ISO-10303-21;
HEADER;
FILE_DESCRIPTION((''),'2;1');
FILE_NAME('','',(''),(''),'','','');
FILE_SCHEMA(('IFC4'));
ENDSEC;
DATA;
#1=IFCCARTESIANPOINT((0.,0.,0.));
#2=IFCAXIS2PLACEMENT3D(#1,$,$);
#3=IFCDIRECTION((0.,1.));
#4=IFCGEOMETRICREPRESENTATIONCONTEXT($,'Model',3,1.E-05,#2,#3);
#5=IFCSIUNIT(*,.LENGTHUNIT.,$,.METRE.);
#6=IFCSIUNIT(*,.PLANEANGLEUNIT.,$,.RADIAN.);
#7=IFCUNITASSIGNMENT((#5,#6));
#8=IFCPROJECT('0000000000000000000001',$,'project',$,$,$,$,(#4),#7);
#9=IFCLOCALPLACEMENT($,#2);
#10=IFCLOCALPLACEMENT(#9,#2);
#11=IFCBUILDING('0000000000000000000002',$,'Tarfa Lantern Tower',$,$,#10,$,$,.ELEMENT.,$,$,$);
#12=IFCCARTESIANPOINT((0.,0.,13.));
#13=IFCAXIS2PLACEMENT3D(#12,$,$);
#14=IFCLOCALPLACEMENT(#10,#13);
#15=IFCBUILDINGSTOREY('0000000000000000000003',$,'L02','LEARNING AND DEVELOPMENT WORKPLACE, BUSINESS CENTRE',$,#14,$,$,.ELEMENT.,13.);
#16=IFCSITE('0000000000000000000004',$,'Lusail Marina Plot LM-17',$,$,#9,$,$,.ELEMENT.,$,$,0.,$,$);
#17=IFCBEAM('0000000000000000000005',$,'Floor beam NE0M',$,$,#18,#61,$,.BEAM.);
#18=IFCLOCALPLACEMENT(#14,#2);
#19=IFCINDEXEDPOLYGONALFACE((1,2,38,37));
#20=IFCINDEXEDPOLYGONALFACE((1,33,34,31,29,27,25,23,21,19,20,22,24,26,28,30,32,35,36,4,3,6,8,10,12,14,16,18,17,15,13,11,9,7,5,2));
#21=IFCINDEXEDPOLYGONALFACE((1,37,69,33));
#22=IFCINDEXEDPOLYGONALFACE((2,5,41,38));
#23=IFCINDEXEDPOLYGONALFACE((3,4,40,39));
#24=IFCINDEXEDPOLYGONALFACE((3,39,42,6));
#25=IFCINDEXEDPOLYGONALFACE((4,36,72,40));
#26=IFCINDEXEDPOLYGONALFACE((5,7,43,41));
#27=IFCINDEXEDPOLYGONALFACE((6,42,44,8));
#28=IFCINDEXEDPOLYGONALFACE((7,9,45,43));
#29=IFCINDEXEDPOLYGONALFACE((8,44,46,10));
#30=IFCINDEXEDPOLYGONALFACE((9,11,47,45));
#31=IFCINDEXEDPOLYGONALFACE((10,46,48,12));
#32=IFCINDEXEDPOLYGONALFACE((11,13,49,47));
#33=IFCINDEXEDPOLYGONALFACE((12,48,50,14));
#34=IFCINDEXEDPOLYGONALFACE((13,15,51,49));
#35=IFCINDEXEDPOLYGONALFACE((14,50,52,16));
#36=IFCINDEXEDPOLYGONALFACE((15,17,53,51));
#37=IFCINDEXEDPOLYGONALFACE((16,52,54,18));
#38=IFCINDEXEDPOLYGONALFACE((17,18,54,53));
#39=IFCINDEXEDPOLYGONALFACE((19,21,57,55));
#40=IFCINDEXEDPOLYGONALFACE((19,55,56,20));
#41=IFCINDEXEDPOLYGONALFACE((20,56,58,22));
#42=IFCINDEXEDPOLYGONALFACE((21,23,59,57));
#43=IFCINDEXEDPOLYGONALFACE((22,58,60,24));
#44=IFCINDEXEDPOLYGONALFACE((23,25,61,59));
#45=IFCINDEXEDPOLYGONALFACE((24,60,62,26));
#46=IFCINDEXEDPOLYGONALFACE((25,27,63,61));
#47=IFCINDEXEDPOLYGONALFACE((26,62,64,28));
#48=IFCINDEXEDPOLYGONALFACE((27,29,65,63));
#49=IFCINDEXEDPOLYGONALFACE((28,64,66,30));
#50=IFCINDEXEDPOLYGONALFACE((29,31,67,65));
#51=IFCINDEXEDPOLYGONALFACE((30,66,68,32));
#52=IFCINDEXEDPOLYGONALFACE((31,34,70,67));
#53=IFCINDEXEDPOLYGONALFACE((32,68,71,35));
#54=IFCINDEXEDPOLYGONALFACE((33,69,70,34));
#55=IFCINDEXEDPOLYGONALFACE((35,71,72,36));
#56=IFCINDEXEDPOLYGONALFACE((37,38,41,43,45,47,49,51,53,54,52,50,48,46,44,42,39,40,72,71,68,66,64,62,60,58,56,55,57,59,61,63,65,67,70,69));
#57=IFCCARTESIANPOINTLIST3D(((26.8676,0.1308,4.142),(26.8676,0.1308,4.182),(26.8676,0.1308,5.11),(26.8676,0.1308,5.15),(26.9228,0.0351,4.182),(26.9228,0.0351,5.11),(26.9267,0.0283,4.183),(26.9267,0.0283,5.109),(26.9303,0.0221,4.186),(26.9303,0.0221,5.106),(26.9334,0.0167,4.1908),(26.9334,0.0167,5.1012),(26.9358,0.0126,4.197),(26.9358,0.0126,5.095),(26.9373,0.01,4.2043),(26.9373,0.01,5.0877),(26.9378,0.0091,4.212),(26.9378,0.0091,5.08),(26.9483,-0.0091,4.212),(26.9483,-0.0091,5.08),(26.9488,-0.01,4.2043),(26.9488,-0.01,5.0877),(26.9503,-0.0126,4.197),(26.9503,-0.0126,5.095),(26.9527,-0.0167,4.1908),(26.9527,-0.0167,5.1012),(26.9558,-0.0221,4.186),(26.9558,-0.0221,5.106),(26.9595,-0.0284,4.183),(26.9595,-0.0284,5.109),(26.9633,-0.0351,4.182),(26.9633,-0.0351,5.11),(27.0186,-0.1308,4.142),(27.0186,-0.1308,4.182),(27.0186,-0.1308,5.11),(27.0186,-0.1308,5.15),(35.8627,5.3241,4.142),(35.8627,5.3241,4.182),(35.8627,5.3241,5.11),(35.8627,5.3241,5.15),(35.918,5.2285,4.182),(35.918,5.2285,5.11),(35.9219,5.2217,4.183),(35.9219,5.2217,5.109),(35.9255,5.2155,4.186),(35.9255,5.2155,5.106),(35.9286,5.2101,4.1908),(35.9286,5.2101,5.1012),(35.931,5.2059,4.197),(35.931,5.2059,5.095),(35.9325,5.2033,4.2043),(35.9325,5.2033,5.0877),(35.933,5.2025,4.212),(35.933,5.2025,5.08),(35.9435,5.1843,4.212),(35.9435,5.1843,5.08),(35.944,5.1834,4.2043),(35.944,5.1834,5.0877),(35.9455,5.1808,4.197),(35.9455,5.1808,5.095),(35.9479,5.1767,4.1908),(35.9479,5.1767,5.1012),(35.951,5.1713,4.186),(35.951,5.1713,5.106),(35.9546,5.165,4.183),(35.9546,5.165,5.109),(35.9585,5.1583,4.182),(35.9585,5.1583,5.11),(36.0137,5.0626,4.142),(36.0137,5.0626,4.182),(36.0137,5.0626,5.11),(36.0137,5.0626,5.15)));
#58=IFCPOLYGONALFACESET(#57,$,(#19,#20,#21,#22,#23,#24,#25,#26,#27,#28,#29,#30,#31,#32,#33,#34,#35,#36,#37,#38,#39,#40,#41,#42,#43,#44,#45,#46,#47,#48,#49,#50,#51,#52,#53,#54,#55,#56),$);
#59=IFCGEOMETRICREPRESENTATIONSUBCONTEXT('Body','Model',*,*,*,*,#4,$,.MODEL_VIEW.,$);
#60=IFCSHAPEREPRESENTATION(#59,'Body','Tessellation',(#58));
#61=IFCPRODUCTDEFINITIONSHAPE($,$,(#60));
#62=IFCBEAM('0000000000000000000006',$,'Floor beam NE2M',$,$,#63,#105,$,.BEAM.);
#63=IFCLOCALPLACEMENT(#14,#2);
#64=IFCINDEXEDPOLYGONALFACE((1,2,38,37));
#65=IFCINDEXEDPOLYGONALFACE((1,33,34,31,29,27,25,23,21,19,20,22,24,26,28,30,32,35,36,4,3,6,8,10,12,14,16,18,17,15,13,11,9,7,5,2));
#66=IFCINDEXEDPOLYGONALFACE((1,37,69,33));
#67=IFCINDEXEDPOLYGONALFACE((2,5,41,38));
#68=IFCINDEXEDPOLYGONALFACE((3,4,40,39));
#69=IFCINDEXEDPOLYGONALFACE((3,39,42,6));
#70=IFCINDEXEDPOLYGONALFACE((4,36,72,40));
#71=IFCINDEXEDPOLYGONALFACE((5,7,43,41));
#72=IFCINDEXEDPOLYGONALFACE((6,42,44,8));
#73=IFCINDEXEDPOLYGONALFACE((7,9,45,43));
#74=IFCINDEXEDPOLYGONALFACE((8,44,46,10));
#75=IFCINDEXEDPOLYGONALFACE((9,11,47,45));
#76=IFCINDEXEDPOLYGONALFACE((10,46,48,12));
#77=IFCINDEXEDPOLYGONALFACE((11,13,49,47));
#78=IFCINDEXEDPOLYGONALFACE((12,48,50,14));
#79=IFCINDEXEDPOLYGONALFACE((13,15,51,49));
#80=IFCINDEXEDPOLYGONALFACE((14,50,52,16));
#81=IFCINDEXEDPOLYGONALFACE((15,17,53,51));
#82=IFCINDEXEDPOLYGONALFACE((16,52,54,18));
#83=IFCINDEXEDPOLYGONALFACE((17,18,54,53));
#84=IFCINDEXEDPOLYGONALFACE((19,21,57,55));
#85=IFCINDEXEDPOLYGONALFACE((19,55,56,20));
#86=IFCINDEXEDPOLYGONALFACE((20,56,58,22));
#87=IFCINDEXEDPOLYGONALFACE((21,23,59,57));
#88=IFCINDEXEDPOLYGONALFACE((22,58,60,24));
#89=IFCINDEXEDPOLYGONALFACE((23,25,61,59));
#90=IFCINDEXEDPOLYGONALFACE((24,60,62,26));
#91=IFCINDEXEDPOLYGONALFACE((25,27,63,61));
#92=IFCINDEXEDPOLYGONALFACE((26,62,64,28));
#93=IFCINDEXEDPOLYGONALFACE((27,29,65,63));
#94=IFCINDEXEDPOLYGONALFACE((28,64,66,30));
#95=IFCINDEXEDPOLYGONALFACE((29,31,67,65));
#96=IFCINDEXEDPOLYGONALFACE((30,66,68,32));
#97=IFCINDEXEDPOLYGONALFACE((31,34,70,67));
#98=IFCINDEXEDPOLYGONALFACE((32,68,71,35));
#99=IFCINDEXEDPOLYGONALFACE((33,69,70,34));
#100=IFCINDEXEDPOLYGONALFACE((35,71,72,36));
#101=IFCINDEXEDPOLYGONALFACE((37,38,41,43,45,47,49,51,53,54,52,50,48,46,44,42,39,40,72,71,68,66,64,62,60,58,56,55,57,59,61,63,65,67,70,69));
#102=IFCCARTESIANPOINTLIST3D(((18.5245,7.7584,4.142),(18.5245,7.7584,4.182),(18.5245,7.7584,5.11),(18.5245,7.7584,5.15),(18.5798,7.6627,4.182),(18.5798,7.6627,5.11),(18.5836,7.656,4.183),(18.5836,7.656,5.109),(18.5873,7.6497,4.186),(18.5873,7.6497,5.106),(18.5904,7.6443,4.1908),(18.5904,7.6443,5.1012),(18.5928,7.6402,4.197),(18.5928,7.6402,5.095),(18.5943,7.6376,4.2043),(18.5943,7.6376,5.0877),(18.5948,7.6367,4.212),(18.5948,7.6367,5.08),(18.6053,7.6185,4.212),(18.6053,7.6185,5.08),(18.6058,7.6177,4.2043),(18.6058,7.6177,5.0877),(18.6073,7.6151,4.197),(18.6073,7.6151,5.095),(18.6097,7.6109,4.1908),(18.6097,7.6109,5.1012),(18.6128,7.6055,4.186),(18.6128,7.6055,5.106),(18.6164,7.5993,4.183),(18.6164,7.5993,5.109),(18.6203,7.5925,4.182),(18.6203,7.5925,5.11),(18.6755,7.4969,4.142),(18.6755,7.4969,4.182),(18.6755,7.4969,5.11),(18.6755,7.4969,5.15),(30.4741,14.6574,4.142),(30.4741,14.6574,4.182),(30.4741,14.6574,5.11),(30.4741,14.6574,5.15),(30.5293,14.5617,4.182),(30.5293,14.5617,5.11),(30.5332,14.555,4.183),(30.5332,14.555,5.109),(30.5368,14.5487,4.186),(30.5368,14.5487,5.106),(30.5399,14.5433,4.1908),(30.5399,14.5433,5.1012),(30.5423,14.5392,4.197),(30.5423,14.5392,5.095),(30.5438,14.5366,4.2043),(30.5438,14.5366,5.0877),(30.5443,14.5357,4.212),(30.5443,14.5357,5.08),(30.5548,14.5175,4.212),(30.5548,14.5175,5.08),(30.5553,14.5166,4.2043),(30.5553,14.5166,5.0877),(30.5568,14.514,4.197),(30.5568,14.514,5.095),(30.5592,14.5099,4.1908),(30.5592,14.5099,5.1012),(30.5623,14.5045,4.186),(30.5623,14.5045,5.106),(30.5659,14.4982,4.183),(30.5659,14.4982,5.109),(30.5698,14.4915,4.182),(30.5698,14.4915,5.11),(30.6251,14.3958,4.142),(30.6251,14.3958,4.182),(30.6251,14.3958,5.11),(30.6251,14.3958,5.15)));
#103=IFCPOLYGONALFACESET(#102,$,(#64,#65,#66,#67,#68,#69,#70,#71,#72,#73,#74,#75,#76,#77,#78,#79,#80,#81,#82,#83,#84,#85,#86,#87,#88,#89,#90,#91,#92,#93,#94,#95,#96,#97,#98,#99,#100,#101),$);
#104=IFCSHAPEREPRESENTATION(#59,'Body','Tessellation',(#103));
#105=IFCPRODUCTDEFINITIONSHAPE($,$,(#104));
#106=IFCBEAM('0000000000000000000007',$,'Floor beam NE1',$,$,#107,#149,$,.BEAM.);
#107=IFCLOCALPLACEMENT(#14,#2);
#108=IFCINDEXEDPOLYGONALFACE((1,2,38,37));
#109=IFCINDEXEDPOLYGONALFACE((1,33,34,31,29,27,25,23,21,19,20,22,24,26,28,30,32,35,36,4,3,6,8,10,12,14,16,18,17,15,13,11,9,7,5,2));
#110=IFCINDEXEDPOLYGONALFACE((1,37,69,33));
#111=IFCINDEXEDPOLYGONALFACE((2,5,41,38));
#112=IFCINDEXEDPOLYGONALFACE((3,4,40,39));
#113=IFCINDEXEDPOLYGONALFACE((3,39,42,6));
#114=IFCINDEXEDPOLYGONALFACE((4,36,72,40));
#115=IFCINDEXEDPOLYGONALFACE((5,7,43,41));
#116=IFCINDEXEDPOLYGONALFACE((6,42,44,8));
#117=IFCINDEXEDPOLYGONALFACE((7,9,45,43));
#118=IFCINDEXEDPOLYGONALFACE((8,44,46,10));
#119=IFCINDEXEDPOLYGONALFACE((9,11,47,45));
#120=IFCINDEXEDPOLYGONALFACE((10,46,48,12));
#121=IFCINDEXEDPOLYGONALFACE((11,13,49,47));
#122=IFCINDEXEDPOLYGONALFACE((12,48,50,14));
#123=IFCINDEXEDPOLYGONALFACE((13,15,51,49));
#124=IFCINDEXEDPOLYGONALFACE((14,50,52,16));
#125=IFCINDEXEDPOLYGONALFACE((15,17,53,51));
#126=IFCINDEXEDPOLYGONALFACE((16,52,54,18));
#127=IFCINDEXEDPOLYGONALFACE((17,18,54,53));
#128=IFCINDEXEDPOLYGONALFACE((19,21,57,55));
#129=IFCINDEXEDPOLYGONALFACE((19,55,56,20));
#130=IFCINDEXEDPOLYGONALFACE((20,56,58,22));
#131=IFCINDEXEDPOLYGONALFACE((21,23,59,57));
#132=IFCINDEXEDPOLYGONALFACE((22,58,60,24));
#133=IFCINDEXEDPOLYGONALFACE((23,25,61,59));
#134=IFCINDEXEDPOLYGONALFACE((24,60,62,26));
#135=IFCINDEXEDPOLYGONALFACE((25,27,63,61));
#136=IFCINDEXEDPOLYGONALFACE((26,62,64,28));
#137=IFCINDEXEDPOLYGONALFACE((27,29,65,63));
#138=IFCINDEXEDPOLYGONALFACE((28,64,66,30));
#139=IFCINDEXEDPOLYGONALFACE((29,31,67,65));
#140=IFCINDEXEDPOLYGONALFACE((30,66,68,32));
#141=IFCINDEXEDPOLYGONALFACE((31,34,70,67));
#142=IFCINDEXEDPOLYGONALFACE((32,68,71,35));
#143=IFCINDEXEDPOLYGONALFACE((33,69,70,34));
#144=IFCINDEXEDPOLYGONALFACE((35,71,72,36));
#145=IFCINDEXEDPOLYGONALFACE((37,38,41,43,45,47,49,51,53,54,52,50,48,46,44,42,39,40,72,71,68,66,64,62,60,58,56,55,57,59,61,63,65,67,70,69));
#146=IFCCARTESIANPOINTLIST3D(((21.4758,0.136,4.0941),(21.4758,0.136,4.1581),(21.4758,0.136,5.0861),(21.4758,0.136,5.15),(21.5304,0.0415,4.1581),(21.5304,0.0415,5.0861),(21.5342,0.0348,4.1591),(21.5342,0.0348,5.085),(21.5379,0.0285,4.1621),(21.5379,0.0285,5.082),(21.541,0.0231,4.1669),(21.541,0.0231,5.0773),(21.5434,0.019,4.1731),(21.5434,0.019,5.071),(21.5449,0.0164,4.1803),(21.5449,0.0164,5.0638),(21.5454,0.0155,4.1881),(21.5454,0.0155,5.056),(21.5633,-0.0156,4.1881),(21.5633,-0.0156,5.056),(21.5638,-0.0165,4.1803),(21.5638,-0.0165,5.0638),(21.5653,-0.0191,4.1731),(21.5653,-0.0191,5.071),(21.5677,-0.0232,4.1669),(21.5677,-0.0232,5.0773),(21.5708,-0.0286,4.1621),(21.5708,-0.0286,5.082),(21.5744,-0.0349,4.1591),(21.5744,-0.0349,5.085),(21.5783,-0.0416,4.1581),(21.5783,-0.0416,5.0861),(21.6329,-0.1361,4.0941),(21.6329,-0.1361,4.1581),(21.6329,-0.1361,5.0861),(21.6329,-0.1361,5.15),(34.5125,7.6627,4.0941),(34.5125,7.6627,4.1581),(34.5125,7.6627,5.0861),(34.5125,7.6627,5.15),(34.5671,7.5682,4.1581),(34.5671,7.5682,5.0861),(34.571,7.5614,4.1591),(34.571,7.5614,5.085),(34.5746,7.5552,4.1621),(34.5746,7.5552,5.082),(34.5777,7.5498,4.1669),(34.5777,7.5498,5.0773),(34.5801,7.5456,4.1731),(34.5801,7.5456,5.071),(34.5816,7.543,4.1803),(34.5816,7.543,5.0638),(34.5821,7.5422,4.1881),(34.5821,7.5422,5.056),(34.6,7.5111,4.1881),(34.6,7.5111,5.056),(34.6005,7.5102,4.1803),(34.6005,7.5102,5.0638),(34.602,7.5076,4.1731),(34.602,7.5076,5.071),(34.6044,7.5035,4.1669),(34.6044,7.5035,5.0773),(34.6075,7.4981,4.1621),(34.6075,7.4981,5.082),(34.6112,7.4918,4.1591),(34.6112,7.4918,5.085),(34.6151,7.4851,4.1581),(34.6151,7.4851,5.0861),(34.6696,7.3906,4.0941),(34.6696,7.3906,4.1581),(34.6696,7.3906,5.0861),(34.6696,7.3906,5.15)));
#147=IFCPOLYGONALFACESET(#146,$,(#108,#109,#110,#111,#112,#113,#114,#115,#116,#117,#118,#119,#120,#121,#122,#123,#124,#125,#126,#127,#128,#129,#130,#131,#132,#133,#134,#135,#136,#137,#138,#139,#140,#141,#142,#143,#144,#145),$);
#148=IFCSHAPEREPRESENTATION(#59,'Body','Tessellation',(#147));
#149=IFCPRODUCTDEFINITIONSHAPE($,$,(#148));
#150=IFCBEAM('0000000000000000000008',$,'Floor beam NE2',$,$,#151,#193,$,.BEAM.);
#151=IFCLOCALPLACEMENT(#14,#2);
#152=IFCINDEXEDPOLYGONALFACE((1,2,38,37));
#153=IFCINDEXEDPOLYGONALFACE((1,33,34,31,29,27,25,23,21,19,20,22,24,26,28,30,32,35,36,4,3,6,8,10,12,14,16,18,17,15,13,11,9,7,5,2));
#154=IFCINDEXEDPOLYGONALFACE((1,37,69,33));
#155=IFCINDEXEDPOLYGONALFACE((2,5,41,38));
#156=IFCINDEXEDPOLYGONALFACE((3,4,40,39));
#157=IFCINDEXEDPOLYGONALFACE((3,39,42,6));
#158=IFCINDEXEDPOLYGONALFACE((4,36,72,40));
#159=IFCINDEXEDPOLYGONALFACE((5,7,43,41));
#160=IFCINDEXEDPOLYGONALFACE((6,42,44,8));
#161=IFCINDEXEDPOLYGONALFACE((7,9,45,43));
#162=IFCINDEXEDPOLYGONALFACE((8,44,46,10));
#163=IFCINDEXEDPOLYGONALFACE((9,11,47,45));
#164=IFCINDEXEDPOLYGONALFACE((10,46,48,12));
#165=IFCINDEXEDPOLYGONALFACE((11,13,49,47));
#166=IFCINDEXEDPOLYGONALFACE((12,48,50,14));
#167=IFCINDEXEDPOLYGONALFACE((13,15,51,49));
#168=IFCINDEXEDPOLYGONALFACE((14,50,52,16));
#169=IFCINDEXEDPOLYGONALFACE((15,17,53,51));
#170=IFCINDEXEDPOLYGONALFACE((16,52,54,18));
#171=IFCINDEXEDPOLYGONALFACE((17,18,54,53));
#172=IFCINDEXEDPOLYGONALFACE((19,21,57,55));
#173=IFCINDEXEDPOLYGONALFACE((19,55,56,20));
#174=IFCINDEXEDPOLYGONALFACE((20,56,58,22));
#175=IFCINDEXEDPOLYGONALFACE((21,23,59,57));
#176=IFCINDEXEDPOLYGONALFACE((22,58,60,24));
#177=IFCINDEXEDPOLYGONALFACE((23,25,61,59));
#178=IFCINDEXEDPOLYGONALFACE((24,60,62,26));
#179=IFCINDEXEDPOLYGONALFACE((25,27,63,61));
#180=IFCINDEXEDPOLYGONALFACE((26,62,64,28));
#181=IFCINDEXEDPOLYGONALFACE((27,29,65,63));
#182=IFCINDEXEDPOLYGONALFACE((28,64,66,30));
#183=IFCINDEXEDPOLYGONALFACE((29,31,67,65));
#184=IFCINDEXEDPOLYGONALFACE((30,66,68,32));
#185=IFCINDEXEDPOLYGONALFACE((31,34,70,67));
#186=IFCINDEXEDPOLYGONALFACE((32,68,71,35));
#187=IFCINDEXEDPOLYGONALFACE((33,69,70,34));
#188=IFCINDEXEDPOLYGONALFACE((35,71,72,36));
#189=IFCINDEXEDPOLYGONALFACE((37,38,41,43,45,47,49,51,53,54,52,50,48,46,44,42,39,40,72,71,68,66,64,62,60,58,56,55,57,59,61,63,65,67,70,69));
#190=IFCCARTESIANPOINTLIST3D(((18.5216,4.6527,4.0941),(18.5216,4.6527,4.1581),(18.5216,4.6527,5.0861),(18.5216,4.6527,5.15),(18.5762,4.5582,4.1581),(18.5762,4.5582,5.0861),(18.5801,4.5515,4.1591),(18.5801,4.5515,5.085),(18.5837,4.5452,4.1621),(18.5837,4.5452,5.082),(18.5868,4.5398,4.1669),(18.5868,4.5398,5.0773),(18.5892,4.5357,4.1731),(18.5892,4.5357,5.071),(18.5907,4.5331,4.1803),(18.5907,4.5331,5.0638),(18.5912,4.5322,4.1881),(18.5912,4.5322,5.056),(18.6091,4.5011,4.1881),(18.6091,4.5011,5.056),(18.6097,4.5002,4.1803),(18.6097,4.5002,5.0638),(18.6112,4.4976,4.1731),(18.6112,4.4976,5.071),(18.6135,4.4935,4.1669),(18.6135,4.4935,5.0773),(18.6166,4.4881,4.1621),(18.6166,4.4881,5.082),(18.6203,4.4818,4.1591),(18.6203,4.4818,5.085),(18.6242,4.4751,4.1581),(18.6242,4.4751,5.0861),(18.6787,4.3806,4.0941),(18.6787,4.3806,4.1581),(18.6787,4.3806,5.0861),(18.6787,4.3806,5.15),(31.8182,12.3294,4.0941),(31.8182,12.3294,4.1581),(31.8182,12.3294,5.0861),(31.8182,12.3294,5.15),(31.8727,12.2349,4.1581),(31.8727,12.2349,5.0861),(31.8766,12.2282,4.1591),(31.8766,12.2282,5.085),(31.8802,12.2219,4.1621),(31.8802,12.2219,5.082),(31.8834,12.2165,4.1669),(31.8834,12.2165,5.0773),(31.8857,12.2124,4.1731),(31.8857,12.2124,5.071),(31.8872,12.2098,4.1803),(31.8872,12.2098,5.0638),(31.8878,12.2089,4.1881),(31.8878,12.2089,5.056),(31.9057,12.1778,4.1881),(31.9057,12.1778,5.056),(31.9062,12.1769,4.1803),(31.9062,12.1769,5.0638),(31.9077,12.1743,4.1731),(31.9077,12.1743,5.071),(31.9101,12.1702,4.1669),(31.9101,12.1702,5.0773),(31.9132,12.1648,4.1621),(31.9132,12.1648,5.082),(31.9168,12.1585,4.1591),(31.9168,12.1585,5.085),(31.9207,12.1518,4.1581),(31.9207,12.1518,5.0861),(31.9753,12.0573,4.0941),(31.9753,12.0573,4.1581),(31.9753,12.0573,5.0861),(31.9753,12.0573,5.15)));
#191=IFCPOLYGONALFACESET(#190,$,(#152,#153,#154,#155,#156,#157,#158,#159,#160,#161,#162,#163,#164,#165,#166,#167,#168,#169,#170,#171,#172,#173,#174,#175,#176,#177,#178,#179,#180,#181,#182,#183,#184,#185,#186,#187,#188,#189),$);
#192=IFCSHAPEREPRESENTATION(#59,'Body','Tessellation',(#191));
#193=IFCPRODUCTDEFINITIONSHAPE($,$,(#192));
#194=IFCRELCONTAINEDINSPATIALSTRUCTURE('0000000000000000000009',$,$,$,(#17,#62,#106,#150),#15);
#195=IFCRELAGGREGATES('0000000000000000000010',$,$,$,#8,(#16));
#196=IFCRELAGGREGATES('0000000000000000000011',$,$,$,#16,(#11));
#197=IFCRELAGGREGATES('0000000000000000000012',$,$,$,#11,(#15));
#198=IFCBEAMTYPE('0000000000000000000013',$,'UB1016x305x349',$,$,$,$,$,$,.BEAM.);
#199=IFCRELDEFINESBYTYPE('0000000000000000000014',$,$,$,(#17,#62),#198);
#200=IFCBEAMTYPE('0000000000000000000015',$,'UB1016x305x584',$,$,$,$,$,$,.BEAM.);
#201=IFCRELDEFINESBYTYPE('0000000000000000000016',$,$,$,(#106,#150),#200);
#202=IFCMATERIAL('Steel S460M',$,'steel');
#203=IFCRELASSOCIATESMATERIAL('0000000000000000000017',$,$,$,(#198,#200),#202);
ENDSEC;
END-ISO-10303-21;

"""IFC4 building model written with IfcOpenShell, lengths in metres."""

from ifc_helpers import new_model, si_unit, direction, frame, origin, origin_2d, place, context, subcontext, project, spatial, i_section, extrude, material, material_profile, profile_set, type_object, element, save


model = new_model("IFC4")

# Units and contexts
model_context = context("Model", 3, precision=1e-05, world=origin(), true_north=direction((0.0, 1.0)))
body_context = subcontext(model_context, "Body", "Model", "MODEL_VIEW")
ifc_project = project(units=[si_unit("LENGTHUNIT", "METRE"), si_unit("PLANEANGLEUNIT", "RADIAN")], contexts=[model_context])

# Site, building, storey
site_placement = place(None, origin())
site = spatial("IfcSite", under=ifc_project, at=site_placement, Name="Lusail Marina Plot LM-17", CompositionType="ELEMENT", RefElevation=0.0)
building_placement = place(site_placement, origin())
building = spatial("IfcBuilding", under=site, at=building_placement, Name="Tarfa Lantern Tower", CompositionType="ELEMENT")
storey_placement = place(building_placement, frame((0.0, 0.0, 13.0)))
storey = spatial("IfcBuildingStorey", under=building, at=storey_placement, Name="L02", Description="LEARNING AND DEVELOPMENT WORKPLACE, BUSINESS CENTRE", CompositionType="ELEMENT", Elevation=13.0)

# Beams
ifc_material_1 = material(Name="Steel S460M", Category="steel")
ifc_material_profile_1 = material_profile(ifc_material_1, i_section(OverallWidth=0.302, OverallDepth=1.0081, WebThickness=0.021, FlangeThickness=0.04, FilletRadius=0.03, at=origin_2d()), Name="UB1016x305x349")
ifc_profile_set_1 = profile_set([ifc_material_profile_1], Name="Steel S460M")
beam_type_1 = type_object("IfcBeamType", Name="UB1016x305x349", PredefinedType="BEAM", material=ifc_profile_set_1)
beam_1_placement = place(storey_placement, frame((35.9382, 5.1934, 4.646), z_axis=(-0.866024, -0.500002, 0.0), x_axis=(0.500002, -0.866024, 0.0)))
element("IfcBeam", 1, at=beam_1_placement, inside=storey, type_object=beam_type_1, Name="Floor beam NE0M", PredefinedType="BEAM", context=body_context, shape_type="SweptSolid", body=[
    extrude(i_section(OverallWidth=0.302, OverallDepth=1.0081, WebThickness=0.021, FlangeThickness=0.04, FilletRadius=0.03, at=origin_2d()), origin(), (0.0, 0.0, 1.0), 10.3867),
])
beam_2_placement = place(storey_placement, frame((30.5496, 14.5266, 4.646), z_axis=(-0.866029, -0.499995, 0.0), x_axis=(0.499995, -0.866029, 0.0)))
element("IfcBeam", 2, at=beam_2_placement, inside=storey, type_object=beam_type_1, Name="Floor beam NE2M", PredefinedType="BEAM", context=body_context, shape_type="SweptSolid", body=[
    extrude(i_section(OverallWidth=0.302, OverallDepth=1.0081, WebThickness=0.021, FlangeThickness=0.04, FilletRadius=0.03, at=origin_2d()), origin(), (0.0, 0.0, 1.0), 13.7981),
])
ifc_material_profile_2 = material_profile(ifc_material_1, i_section(OverallWidth=0.3142, OverallDepth=1.0559, WebThickness=0.0359, FlangeThickness=0.064, FilletRadius=0.03, at=origin_2d()), Name="UB1016x305x584")
ifc_profile_set_2 = profile_set([ifc_material_profile_2], Name="Steel S460M")
beam_type_2 = type_object("IfcBeamType", Name="UB1016x305x584", PredefinedType="BEAM", material=ifc_profile_set_2)
beam_3_placement = place(storey_placement, frame((34.5911, 7.5266, 4.6221), z_axis=(-0.866028, -0.499996, 0.0), x_axis=(0.499996, -0.866028, 0.0)))
element("IfcBeam", 3, at=beam_3_placement, inside=storey, type_object=beam_type_2, Name="Floor beam NE1", PredefinedType="BEAM", context=body_context, shape_type="SweptSolid", body=[
    extrude(i_section(OverallWidth=0.3142, OverallDepth=1.0559, WebThickness=0.0359, FlangeThickness=0.064, FilletRadius=0.03, at=origin_2d()), origin(), (0.0, 0.0, 1.0), 15.0535),
])
beam_4_placement = place(storey_placement, frame((31.8967, 12.1934, 4.6221), z_axis=(-0.866027, -0.499997, 0.0), x_axis=(0.499997, -0.866027, 0.0)))
element("IfcBeam", 4, at=beam_4_placement, inside=storey, type_object=beam_type_2, Name="Floor beam NE2", PredefinedType="BEAM", context=body_context, shape_type="SweptSolid", body=[
    extrude(i_section(OverallWidth=0.3142, OverallDepth=1.0559, WebThickness=0.0359, FlangeThickness=0.064, FilletRadius=0.03, at=origin_2d()), origin(), (0.0, 0.0, 1.0), 15.3535),
])

save(model, "model.ifc")
